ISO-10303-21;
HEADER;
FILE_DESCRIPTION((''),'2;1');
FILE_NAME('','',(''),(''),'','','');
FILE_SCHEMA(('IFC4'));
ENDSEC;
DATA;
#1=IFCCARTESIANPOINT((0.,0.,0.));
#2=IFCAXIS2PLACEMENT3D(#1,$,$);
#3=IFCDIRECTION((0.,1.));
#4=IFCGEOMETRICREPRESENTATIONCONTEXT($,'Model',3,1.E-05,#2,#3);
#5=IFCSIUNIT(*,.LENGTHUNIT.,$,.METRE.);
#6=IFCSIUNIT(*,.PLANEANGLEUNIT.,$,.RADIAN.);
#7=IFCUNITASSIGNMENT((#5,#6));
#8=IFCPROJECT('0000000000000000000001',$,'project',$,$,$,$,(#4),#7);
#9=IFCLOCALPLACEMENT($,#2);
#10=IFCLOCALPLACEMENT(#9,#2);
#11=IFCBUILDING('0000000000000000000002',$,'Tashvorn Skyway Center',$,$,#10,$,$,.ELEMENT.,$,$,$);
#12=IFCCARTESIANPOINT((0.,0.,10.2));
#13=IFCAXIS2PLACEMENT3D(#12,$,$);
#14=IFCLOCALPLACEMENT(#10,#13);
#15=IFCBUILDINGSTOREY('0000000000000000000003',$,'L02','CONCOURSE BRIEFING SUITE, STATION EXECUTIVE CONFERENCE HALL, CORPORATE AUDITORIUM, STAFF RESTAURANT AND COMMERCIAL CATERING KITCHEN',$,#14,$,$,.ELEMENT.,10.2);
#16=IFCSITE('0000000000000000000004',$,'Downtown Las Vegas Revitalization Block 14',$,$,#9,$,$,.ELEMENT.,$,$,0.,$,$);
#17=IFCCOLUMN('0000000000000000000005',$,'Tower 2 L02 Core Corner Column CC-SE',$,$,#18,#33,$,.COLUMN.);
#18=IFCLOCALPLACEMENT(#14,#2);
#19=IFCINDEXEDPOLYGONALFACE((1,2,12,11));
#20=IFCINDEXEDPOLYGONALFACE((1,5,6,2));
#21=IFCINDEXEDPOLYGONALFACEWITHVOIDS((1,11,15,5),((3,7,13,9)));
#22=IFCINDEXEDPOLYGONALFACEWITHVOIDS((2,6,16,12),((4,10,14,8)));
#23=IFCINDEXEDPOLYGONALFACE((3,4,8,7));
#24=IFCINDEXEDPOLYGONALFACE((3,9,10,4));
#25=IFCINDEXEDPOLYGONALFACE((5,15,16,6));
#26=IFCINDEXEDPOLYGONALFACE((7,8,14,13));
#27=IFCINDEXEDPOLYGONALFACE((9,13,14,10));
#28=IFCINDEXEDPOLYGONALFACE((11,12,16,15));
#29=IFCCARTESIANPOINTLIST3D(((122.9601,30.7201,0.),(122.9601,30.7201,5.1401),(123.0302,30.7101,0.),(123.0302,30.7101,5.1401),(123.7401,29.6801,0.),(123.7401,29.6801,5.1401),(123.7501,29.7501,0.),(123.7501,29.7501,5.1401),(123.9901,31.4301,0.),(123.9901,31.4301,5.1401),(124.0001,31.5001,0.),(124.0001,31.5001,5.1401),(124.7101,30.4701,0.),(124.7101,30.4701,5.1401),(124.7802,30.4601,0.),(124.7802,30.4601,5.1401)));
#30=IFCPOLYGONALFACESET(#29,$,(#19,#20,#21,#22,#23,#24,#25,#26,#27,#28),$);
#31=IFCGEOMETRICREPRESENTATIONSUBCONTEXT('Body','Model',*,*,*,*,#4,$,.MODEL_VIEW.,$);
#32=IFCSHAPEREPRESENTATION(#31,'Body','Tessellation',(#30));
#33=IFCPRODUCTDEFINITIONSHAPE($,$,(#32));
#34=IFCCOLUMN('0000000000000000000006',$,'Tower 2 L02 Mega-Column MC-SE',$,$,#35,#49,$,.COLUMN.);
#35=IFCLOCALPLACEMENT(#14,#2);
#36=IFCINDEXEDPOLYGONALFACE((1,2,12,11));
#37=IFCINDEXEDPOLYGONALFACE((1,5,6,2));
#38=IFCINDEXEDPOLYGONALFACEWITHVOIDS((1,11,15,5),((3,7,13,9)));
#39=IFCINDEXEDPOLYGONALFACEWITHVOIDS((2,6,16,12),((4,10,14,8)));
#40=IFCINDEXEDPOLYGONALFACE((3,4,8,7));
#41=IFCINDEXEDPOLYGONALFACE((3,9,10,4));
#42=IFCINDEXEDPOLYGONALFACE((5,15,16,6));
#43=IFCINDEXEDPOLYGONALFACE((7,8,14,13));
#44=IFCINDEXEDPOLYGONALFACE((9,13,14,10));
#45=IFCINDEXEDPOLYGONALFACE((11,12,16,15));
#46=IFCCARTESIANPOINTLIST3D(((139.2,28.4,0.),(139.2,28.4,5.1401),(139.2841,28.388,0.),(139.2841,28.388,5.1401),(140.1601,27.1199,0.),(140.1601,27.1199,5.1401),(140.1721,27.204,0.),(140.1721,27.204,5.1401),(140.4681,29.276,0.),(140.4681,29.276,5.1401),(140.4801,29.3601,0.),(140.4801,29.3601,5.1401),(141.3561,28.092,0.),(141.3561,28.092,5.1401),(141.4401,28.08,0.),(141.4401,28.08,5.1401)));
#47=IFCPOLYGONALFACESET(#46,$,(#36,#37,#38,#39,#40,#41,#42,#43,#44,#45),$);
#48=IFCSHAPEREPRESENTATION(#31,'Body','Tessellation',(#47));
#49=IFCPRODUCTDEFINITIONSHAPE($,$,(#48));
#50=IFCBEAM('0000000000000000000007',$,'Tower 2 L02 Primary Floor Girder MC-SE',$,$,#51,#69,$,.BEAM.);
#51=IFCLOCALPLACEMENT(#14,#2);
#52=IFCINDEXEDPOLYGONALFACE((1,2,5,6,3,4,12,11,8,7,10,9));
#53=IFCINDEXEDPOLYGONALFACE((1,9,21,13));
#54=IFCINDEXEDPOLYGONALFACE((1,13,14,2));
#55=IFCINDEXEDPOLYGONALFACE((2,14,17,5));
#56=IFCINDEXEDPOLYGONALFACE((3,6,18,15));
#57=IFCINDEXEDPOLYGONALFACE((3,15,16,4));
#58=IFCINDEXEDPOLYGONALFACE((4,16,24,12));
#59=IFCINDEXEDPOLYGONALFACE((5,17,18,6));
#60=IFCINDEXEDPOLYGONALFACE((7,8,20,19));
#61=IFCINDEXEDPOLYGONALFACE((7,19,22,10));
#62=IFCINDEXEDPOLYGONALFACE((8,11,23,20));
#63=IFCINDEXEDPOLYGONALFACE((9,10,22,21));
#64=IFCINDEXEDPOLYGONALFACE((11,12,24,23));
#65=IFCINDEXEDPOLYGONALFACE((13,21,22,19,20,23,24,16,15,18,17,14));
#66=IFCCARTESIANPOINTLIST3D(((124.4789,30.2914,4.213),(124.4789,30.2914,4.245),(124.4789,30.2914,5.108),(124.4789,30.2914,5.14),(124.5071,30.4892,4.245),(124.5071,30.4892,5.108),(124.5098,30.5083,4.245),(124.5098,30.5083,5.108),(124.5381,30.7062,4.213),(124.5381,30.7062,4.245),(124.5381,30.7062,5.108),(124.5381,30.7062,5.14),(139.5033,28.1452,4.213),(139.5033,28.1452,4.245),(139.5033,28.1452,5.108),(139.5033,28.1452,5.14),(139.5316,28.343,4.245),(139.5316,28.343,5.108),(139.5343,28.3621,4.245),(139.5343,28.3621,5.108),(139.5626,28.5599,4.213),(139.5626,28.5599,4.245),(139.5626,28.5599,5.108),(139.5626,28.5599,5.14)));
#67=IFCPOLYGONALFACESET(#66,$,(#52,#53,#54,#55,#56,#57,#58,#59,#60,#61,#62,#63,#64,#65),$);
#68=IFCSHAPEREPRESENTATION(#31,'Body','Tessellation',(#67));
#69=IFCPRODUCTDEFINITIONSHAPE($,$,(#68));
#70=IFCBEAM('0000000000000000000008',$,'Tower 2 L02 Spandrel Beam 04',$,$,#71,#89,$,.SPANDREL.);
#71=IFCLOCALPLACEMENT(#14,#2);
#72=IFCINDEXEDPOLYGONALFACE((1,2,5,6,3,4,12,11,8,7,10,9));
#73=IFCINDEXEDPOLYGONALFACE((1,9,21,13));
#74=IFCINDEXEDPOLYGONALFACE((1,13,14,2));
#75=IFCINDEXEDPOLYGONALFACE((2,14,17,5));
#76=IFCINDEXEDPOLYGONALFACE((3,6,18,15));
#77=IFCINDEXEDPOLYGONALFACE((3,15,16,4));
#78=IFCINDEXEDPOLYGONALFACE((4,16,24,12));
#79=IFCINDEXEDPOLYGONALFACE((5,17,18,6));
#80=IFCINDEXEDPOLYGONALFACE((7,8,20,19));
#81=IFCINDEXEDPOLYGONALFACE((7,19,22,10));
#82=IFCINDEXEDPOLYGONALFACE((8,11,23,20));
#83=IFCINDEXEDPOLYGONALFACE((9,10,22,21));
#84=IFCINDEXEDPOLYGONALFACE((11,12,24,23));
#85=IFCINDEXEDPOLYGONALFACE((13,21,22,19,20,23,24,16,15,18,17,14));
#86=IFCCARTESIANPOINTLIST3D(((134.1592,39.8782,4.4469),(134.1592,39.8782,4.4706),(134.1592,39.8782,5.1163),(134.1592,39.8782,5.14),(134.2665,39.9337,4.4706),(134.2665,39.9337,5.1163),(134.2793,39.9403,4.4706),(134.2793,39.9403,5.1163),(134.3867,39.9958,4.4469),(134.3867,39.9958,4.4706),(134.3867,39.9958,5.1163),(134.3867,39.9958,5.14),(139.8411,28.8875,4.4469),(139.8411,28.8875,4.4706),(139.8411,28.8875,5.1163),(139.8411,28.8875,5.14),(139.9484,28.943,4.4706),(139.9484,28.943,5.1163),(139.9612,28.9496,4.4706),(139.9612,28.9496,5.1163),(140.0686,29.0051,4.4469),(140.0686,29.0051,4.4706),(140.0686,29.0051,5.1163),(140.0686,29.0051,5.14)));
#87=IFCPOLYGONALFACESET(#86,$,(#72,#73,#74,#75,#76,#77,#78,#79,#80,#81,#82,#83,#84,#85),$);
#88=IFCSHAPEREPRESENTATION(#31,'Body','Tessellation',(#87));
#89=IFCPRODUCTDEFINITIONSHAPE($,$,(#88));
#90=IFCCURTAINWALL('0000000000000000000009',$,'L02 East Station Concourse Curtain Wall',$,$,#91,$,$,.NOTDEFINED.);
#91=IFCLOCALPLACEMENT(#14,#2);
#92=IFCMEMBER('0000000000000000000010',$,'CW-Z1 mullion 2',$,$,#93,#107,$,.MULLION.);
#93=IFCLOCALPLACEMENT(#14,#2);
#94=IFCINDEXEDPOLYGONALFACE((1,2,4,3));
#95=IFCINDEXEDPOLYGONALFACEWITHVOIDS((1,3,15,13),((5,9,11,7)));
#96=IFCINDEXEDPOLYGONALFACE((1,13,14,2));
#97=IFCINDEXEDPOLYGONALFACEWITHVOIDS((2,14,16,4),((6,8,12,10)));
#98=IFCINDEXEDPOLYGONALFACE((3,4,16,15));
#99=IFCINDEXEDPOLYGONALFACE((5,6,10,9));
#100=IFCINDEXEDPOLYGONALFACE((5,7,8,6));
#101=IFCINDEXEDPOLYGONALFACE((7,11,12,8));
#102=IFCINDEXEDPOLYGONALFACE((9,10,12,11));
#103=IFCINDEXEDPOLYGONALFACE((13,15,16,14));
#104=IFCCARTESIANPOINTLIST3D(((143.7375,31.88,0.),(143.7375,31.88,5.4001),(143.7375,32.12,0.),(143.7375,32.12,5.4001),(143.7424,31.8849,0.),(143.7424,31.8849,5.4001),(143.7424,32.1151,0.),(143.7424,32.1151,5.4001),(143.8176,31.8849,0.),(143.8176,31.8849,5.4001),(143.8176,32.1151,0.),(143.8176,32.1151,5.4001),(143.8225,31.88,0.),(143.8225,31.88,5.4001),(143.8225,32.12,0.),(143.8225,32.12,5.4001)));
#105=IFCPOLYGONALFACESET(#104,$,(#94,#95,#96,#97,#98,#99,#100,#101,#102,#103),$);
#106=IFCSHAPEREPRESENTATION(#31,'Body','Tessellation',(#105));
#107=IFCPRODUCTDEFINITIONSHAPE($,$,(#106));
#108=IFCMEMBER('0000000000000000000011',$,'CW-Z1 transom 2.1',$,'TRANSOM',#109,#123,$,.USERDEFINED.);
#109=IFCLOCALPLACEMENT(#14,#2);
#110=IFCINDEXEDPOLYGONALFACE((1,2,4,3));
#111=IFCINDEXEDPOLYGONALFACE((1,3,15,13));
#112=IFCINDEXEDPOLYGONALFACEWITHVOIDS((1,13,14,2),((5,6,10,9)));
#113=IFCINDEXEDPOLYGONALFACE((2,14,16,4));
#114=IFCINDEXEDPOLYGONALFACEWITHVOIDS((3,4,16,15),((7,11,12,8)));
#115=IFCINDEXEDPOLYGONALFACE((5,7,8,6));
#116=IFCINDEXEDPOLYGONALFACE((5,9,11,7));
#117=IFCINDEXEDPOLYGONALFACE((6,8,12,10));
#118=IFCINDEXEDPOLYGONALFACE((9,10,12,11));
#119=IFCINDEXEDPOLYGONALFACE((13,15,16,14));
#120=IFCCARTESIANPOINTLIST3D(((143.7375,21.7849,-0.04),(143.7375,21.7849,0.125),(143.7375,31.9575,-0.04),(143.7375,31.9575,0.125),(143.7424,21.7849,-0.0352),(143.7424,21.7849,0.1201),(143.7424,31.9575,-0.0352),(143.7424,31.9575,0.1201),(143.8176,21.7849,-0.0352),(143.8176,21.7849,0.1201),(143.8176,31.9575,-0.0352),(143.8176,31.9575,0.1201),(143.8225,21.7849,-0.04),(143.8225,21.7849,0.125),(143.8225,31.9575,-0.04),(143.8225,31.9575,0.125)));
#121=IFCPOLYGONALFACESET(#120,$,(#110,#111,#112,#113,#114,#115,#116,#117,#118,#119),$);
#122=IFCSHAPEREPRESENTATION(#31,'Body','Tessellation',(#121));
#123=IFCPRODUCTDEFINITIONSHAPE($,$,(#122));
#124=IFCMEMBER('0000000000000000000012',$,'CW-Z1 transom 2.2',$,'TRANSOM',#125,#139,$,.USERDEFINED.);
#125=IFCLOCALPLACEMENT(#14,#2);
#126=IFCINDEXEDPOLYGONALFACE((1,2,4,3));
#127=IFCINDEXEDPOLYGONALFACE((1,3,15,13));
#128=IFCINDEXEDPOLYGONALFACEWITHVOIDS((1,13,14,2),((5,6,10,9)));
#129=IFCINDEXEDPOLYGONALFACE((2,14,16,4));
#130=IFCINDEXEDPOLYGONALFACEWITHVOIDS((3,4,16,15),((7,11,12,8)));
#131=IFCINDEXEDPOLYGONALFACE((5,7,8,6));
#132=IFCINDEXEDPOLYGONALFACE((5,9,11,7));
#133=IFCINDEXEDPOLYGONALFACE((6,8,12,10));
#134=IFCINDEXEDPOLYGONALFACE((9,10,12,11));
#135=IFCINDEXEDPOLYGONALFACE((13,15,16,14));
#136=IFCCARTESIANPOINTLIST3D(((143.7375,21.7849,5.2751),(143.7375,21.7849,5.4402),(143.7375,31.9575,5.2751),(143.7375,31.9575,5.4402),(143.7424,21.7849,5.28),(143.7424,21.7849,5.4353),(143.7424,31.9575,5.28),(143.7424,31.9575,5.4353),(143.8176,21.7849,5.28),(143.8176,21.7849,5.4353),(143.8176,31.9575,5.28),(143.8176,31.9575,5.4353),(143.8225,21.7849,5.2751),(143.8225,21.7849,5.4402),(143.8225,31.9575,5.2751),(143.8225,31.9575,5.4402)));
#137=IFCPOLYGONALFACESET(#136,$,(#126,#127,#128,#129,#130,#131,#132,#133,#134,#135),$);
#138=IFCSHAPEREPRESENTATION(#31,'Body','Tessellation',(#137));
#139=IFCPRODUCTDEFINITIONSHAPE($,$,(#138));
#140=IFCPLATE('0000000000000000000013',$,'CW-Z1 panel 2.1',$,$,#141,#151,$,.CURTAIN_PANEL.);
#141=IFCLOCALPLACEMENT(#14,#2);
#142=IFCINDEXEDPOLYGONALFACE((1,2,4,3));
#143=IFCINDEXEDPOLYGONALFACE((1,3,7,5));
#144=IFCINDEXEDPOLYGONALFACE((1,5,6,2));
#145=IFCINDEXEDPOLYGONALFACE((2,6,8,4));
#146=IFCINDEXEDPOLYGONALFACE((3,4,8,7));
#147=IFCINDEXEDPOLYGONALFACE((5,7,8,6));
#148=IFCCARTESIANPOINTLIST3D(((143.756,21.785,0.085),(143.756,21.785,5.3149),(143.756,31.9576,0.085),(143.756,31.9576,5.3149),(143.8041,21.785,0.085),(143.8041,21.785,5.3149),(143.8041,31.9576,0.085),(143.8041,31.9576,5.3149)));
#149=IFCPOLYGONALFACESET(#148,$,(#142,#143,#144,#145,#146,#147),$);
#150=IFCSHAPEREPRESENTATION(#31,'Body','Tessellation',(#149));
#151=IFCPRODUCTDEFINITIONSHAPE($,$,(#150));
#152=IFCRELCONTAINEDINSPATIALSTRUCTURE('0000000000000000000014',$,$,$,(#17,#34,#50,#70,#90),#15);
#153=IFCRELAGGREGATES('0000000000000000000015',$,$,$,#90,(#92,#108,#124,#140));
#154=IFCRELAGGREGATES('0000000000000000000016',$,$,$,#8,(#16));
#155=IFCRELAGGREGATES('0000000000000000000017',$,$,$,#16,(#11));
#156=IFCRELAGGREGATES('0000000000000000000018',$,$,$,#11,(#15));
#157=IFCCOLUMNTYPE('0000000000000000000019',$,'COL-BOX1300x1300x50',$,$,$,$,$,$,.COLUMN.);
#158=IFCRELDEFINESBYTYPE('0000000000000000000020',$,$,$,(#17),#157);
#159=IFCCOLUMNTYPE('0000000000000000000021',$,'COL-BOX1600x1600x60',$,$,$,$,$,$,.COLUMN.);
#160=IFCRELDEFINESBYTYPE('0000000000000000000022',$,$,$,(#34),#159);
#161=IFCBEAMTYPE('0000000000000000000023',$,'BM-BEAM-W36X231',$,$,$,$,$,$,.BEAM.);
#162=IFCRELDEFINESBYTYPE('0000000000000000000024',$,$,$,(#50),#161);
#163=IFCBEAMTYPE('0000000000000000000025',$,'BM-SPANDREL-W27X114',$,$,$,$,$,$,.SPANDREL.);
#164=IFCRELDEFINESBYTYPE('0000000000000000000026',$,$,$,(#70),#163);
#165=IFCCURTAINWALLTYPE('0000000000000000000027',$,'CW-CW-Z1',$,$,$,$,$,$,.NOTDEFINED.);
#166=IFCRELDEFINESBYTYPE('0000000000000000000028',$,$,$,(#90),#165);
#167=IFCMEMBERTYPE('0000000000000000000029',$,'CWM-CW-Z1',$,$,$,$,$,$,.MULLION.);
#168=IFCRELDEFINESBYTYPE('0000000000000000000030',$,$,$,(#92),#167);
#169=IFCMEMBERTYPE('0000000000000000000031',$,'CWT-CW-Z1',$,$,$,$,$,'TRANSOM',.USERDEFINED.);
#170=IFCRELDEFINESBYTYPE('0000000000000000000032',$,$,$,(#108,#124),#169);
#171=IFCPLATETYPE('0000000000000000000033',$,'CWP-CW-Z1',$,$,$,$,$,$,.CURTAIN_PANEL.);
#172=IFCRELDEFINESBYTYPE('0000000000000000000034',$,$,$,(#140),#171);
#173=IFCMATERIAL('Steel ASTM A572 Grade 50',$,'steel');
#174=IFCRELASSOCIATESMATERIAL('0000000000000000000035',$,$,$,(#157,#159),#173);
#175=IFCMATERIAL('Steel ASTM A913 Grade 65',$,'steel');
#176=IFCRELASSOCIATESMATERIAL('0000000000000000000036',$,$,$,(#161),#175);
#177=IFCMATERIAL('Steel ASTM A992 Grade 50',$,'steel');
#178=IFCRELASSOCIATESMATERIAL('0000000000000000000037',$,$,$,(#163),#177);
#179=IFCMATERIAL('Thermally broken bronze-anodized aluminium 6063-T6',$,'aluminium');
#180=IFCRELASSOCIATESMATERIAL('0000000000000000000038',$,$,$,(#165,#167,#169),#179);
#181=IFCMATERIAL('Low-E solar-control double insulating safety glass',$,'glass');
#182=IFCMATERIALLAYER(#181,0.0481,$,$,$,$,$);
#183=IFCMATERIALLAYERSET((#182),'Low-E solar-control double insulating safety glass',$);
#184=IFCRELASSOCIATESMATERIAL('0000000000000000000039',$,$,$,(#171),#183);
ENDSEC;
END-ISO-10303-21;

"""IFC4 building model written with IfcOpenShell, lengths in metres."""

from ifc_helpers import new_model, si_unit, direction, frame, origin, origin_2d, place, context, subcontext, project, spatial, rectangle, hollow_rectangle, i_section, extrude, material, layer, layer_set, material_profile, profile_set, type_object, element, aggregate, save


model = new_model("IFC4")

# Units and contexts
model_context = context("Model", 3, precision=1e-05, world=origin(), true_north=direction((0.0, 1.0)))
body_context = subcontext(model_context, "Body", "Model", "MODEL_VIEW")
ifc_project = project(units=[si_unit("LENGTHUNIT", "METRE"), si_unit("PLANEANGLEUNIT", "RADIAN")], contexts=[model_context])

# Site, building, storey
site_placement = place(None, origin())
site = spatial("IfcSite", under=ifc_project, at=site_placement, Name="Downtown Las Vegas Revitalization Block 14", CompositionType="ELEMENT", RefElevation=0.0)
building_placement = place(site_placement, origin())
building = spatial("IfcBuilding", under=site, at=building_placement, Name="Tashvorn Skyway Center", CompositionType="ELEMENT")
storey_placement = place(building_placement, frame((0.0, 0.0, 10.2)))
storey = spatial("IfcBuildingStorey", under=building, at=storey_placement, Name="L02", Description="CONCOURSE BRIEFING SUITE, STATION EXECUTIVE CONFERENCE HALL, CORPORATE AUDITORIUM, STAFF RESTAURANT AND COMMERCIAL CATERING KITCHEN", CompositionType="ELEMENT", Elevation=10.2)

# Columns
ifc_material_1 = material(Name="Steel ASTM A572 Grade 50", Category="steel")
ifc_material_profile_1 = material_profile(ifc_material_1, hollow_rectangle(XDim=1.3, YDim=1.3, WallThickness=0.05, at=origin_2d()), Name="BOX1300x1300x50")
ifc_profile_set_1 = profile_set([ifc_material_profile_1], Name="Steel ASTM A572 Grade 50")
column_type_1 = type_object("IfcColumnType", Name="COL-BOX1300x1300x50", PredefinedType="COLUMN", material=ifc_profile_set_1)
column_1_placement = place(storey_placement, frame((123.8701, 30.5901, 0.0), z_axis=(0.0, 0.0, 1.0), x_axis=(0.8, 0.6, 0.0)))
element("IfcColumn", 1, at=column_1_placement, inside=storey, type_object=column_type_1, Name="Tower 2 L02 Core Corner Column CC-SE", PredefinedType="COLUMN", context=body_context, shape_type="SweptSolid", body=[
    extrude(hollow_rectangle(XDim=1.3, YDim=1.3, WallThickness=0.05, at=origin_2d()), origin(), (0.0, 0.0, 1.0), 5.1401),
])
ifc_material_profile_2 = material_profile(ifc_material_1, hollow_rectangle(XDim=1.6001, YDim=1.6001, WallThickness=0.0601, at=origin_2d()), Name="BOX1600x1600x60")
ifc_profile_set_2 = profile_set([ifc_material_profile_2], Name="Steel ASTM A572 Grade 50")
column_type_2 = type_object("IfcColumnType", Name="COL-BOX1600x1600x60", PredefinedType="COLUMN", material=ifc_profile_set_2)
column_2_placement = place(storey_placement, frame((140.3201, 28.24, 0.0), z_axis=(0.0, 0.0, 1.0), x_axis=(0.8, 0.6, 0.0)))
element("IfcColumn", 2, at=column_2_placement, inside=storey, type_object=column_type_2, Name="Tower 2 L02 Mega-Column MC-SE", PredefinedType="COLUMN", context=body_context, shape_type="SweptSolid", body=[
    extrude(hollow_rectangle(XDim=1.6001, YDim=1.6001, WallThickness=0.0601, at=origin_2d()), origin(), (0.0, 0.0, 1.0), 5.1401),
])

# Beams
ifc_material_2 = material(Name="Steel ASTM A913 Grade 65", Category="steel")
ifc_material_profile_3 = material_profile(ifc_material_2, i_section(OverallWidth=0.4189, OverallDepth=0.927, WebThickness=0.0193, FlangeThickness=0.032, at=origin_2d()), Name="W36X231")
ifc_profile_set_3 = profile_set([ifc_material_profile_3], Name="Steel ASTM A913 Grade 65")
beam_type_1 = type_object("IfcBeamType", Name="BM-BEAM-W36X231", PredefinedType="BEAM", material=ifc_profile_set_3)
beam_1_placement = place(storey_placement, frame((139.533, 28.3525, 4.6765), z_axis=(-0.98995, 0.141415, 0.0), x_axis=(-0.141415, -0.98995, 0.0)))
element("IfcBeam", 3, at=beam_1_placement, inside=storey, type_object=beam_type_1, Name="Tower 2 L02 Primary Floor Girder MC-SE", PredefinedType="BEAM", context=body_context, shape_type="SweptSolid", body=[
    extrude(i_section(OverallWidth=0.4189, OverallDepth=0.927, WebThickness=0.0193, FlangeThickness=0.032, at=origin_2d()), origin(), (0.0, 0.0, 1.0), 15.177),
])
ifc_material_3 = material(Name="Steel ASTM A992 Grade 50", Category="steel")
ifc_material_profile_4 = material_profile(ifc_material_3, i_section(OverallWidth=0.2561, OverallDepth=0.6931, WebThickness=0.0144, FlangeThickness=0.0237, at=origin_2d()), Name="W27X114")
ifc_profile_set_4 = profile_set([ifc_material_profile_4], Name="Steel ASTM A992 Grade 50")
beam_type_2 = type_object("IfcBeamType", Name="BM-SPANDREL-W27X114", PredefinedType="SPANDREL", material=ifc_profile_set_4)
beam_2_placement = place(storey_placement, frame((139.9548, 28.9463, 4.7935), z_axis=(-0.459233, 0.888316, 0.0), x_axis=(-0.888316, -0.459233, 0.0)))
element("IfcBeam", 4, at=beam_2_placement, inside=storey, type_object=beam_type_2, Name="Tower 2 L02 Spandrel Beam 04", PredefinedType="SPANDREL", context=body_context, shape_type="SweptSolid", body=[
    extrude(i_section(OverallWidth=0.2561, OverallDepth=0.6931, WebThickness=0.0144, FlangeThickness=0.0237, at=origin_2d()), origin(), (0.0, 0.0, 1.0), 12.3726),
])

# Curtain wall, members, plate
ifc_material_4 = material(Name="Thermally broken bronze-anodized aluminium 6063-T6", Category="aluminium")
curtain_wall_type = type_object("IfcCurtainWallType", Name="CW-CW-Z1", PredefinedType="NOTDEFINED", material=ifc_material_4)
curtain_wall_placement = place(storey_placement, origin())
curtain_wall = element("IfcCurtainWall", 5, at=curtain_wall_placement, inside=storey, type_object=curtain_wall_type, Name="L02 East Station Concourse Curtain Wall", PredefinedType="NOTDEFINED")
ifc_material_profile_5 = material_profile(ifc_material_4, hollow_rectangle(XDim=0.085, YDim=0.24, WallThickness=0.0049, at=origin_2d()), Name="ALU-MULL-85x240")
ifc_profile_set_5 = profile_set([ifc_material_profile_5], Name="Thermally broken bronze-anodized aluminium 6063-T6")
member_type_1 = type_object("IfcMemberType", Name="CWM-CW-Z1", PredefinedType="MULLION", material=ifc_profile_set_5)
member_1_placement = place(storey_placement, frame((143.78, 32.0, 0.0), z_axis=(0.0, 0.0, 1.0), x_axis=(1.0, 0.0, 0.0)))
member_1 = element("IfcMember", 6, at=member_1_placement, type_object=member_type_1, Name="CW-Z1 mullion 2", PredefinedType="MULLION", context=body_context, shape_type="SweptSolid", body=[
    extrude(hollow_rectangle(XDim=0.085, YDim=0.24, WallThickness=0.0049, at=origin_2d()), origin(), (0.0, 0.0, 1.0), 5.4001),
])
ifc_material_profile_6 = material_profile(ifc_material_4, hollow_rectangle(XDim=0.085, YDim=0.165, WallThickness=0.0049, at=origin_2d()), Name="ALU-TRAN-85x165")
ifc_profile_set_6 = profile_set([ifc_material_profile_6], Name="Thermally broken bronze-anodized aluminium 6063-T6")
member_type_2 = type_object("IfcMemberType", Name="CWT-CW-Z1", ElementType="TRANSOM", PredefinedType="USERDEFINED", material=ifc_profile_set_6)
member_2_placement = place(storey_placement, frame((143.78, 31.9575, 0.0425), z_axis=(0.0, -1.0, 0.0), x_axis=(1.0, 0.0, 0.0)))
member_2 = element("IfcMember", 7, at=member_2_placement, type_object=member_type_2, Name="CW-Z1 transom 2.1", ObjectType="TRANSOM", PredefinedType="USERDEFINED", context=body_context, shape_type="SweptSolid", body=[
    extrude(hollow_rectangle(XDim=0.085, YDim=0.165, WallThickness=0.0049, at=origin_2d()), origin(), (0.0, 0.0, 1.0), 10.1726),
])
member_3_placement = place(storey_placement, frame((143.78, 31.9575, 5.3577), z_axis=(0.0, -1.0, 0.0), x_axis=(1.0, 0.0, 0.0)))
member_3 = element("IfcMember", 8, at=member_3_placement, type_object=member_type_2, Name="CW-Z1 transom 2.2", ObjectType="TRANSOM", PredefinedType="USERDEFINED", context=body_context, shape_type="SweptSolid", body=[
    extrude(hollow_rectangle(XDim=0.085, YDim=0.165, WallThickness=0.0049, at=origin_2d()), origin(), (0.0, 0.0, 1.0), 10.1726),
])
ifc_material_5 = material(Name="Low-E solar-control double insulating safety glass", Category="glass")
ifc_layer_1 = layer(ifc_material_5, 0.0481)
ifc_layer_set_1 = layer_set([ifc_layer_1], Name="Low-E solar-control double insulating safety glass")
plate_type = type_object("IfcPlateType", Name="CWP-CW-Z1", PredefinedType="CURTAIN_PANEL", material=ifc_layer_set_1)
plate_placement = place(storey_placement, frame((143.78, 26.8713, 0.085), z_axis=(0.0, 0.0, 1.0), x_axis=(0.0, -1.0, 0.0)))
plate = element("IfcPlate", 9, at=plate_placement, type_object=plate_type, Name="CW-Z1 panel 2.1", PredefinedType="CURTAIN_PANEL", context=body_context, shape_type="SweptSolid", body=[
    extrude(rectangle(XDim=10.1726, YDim=0.0481, at=origin_2d()), origin(), (0.0, 0.0, 1.0), 5.23),
])
aggregate(curtain_wall, [member_1, member_2, member_3, plate])

save(model, "model.ifc")
